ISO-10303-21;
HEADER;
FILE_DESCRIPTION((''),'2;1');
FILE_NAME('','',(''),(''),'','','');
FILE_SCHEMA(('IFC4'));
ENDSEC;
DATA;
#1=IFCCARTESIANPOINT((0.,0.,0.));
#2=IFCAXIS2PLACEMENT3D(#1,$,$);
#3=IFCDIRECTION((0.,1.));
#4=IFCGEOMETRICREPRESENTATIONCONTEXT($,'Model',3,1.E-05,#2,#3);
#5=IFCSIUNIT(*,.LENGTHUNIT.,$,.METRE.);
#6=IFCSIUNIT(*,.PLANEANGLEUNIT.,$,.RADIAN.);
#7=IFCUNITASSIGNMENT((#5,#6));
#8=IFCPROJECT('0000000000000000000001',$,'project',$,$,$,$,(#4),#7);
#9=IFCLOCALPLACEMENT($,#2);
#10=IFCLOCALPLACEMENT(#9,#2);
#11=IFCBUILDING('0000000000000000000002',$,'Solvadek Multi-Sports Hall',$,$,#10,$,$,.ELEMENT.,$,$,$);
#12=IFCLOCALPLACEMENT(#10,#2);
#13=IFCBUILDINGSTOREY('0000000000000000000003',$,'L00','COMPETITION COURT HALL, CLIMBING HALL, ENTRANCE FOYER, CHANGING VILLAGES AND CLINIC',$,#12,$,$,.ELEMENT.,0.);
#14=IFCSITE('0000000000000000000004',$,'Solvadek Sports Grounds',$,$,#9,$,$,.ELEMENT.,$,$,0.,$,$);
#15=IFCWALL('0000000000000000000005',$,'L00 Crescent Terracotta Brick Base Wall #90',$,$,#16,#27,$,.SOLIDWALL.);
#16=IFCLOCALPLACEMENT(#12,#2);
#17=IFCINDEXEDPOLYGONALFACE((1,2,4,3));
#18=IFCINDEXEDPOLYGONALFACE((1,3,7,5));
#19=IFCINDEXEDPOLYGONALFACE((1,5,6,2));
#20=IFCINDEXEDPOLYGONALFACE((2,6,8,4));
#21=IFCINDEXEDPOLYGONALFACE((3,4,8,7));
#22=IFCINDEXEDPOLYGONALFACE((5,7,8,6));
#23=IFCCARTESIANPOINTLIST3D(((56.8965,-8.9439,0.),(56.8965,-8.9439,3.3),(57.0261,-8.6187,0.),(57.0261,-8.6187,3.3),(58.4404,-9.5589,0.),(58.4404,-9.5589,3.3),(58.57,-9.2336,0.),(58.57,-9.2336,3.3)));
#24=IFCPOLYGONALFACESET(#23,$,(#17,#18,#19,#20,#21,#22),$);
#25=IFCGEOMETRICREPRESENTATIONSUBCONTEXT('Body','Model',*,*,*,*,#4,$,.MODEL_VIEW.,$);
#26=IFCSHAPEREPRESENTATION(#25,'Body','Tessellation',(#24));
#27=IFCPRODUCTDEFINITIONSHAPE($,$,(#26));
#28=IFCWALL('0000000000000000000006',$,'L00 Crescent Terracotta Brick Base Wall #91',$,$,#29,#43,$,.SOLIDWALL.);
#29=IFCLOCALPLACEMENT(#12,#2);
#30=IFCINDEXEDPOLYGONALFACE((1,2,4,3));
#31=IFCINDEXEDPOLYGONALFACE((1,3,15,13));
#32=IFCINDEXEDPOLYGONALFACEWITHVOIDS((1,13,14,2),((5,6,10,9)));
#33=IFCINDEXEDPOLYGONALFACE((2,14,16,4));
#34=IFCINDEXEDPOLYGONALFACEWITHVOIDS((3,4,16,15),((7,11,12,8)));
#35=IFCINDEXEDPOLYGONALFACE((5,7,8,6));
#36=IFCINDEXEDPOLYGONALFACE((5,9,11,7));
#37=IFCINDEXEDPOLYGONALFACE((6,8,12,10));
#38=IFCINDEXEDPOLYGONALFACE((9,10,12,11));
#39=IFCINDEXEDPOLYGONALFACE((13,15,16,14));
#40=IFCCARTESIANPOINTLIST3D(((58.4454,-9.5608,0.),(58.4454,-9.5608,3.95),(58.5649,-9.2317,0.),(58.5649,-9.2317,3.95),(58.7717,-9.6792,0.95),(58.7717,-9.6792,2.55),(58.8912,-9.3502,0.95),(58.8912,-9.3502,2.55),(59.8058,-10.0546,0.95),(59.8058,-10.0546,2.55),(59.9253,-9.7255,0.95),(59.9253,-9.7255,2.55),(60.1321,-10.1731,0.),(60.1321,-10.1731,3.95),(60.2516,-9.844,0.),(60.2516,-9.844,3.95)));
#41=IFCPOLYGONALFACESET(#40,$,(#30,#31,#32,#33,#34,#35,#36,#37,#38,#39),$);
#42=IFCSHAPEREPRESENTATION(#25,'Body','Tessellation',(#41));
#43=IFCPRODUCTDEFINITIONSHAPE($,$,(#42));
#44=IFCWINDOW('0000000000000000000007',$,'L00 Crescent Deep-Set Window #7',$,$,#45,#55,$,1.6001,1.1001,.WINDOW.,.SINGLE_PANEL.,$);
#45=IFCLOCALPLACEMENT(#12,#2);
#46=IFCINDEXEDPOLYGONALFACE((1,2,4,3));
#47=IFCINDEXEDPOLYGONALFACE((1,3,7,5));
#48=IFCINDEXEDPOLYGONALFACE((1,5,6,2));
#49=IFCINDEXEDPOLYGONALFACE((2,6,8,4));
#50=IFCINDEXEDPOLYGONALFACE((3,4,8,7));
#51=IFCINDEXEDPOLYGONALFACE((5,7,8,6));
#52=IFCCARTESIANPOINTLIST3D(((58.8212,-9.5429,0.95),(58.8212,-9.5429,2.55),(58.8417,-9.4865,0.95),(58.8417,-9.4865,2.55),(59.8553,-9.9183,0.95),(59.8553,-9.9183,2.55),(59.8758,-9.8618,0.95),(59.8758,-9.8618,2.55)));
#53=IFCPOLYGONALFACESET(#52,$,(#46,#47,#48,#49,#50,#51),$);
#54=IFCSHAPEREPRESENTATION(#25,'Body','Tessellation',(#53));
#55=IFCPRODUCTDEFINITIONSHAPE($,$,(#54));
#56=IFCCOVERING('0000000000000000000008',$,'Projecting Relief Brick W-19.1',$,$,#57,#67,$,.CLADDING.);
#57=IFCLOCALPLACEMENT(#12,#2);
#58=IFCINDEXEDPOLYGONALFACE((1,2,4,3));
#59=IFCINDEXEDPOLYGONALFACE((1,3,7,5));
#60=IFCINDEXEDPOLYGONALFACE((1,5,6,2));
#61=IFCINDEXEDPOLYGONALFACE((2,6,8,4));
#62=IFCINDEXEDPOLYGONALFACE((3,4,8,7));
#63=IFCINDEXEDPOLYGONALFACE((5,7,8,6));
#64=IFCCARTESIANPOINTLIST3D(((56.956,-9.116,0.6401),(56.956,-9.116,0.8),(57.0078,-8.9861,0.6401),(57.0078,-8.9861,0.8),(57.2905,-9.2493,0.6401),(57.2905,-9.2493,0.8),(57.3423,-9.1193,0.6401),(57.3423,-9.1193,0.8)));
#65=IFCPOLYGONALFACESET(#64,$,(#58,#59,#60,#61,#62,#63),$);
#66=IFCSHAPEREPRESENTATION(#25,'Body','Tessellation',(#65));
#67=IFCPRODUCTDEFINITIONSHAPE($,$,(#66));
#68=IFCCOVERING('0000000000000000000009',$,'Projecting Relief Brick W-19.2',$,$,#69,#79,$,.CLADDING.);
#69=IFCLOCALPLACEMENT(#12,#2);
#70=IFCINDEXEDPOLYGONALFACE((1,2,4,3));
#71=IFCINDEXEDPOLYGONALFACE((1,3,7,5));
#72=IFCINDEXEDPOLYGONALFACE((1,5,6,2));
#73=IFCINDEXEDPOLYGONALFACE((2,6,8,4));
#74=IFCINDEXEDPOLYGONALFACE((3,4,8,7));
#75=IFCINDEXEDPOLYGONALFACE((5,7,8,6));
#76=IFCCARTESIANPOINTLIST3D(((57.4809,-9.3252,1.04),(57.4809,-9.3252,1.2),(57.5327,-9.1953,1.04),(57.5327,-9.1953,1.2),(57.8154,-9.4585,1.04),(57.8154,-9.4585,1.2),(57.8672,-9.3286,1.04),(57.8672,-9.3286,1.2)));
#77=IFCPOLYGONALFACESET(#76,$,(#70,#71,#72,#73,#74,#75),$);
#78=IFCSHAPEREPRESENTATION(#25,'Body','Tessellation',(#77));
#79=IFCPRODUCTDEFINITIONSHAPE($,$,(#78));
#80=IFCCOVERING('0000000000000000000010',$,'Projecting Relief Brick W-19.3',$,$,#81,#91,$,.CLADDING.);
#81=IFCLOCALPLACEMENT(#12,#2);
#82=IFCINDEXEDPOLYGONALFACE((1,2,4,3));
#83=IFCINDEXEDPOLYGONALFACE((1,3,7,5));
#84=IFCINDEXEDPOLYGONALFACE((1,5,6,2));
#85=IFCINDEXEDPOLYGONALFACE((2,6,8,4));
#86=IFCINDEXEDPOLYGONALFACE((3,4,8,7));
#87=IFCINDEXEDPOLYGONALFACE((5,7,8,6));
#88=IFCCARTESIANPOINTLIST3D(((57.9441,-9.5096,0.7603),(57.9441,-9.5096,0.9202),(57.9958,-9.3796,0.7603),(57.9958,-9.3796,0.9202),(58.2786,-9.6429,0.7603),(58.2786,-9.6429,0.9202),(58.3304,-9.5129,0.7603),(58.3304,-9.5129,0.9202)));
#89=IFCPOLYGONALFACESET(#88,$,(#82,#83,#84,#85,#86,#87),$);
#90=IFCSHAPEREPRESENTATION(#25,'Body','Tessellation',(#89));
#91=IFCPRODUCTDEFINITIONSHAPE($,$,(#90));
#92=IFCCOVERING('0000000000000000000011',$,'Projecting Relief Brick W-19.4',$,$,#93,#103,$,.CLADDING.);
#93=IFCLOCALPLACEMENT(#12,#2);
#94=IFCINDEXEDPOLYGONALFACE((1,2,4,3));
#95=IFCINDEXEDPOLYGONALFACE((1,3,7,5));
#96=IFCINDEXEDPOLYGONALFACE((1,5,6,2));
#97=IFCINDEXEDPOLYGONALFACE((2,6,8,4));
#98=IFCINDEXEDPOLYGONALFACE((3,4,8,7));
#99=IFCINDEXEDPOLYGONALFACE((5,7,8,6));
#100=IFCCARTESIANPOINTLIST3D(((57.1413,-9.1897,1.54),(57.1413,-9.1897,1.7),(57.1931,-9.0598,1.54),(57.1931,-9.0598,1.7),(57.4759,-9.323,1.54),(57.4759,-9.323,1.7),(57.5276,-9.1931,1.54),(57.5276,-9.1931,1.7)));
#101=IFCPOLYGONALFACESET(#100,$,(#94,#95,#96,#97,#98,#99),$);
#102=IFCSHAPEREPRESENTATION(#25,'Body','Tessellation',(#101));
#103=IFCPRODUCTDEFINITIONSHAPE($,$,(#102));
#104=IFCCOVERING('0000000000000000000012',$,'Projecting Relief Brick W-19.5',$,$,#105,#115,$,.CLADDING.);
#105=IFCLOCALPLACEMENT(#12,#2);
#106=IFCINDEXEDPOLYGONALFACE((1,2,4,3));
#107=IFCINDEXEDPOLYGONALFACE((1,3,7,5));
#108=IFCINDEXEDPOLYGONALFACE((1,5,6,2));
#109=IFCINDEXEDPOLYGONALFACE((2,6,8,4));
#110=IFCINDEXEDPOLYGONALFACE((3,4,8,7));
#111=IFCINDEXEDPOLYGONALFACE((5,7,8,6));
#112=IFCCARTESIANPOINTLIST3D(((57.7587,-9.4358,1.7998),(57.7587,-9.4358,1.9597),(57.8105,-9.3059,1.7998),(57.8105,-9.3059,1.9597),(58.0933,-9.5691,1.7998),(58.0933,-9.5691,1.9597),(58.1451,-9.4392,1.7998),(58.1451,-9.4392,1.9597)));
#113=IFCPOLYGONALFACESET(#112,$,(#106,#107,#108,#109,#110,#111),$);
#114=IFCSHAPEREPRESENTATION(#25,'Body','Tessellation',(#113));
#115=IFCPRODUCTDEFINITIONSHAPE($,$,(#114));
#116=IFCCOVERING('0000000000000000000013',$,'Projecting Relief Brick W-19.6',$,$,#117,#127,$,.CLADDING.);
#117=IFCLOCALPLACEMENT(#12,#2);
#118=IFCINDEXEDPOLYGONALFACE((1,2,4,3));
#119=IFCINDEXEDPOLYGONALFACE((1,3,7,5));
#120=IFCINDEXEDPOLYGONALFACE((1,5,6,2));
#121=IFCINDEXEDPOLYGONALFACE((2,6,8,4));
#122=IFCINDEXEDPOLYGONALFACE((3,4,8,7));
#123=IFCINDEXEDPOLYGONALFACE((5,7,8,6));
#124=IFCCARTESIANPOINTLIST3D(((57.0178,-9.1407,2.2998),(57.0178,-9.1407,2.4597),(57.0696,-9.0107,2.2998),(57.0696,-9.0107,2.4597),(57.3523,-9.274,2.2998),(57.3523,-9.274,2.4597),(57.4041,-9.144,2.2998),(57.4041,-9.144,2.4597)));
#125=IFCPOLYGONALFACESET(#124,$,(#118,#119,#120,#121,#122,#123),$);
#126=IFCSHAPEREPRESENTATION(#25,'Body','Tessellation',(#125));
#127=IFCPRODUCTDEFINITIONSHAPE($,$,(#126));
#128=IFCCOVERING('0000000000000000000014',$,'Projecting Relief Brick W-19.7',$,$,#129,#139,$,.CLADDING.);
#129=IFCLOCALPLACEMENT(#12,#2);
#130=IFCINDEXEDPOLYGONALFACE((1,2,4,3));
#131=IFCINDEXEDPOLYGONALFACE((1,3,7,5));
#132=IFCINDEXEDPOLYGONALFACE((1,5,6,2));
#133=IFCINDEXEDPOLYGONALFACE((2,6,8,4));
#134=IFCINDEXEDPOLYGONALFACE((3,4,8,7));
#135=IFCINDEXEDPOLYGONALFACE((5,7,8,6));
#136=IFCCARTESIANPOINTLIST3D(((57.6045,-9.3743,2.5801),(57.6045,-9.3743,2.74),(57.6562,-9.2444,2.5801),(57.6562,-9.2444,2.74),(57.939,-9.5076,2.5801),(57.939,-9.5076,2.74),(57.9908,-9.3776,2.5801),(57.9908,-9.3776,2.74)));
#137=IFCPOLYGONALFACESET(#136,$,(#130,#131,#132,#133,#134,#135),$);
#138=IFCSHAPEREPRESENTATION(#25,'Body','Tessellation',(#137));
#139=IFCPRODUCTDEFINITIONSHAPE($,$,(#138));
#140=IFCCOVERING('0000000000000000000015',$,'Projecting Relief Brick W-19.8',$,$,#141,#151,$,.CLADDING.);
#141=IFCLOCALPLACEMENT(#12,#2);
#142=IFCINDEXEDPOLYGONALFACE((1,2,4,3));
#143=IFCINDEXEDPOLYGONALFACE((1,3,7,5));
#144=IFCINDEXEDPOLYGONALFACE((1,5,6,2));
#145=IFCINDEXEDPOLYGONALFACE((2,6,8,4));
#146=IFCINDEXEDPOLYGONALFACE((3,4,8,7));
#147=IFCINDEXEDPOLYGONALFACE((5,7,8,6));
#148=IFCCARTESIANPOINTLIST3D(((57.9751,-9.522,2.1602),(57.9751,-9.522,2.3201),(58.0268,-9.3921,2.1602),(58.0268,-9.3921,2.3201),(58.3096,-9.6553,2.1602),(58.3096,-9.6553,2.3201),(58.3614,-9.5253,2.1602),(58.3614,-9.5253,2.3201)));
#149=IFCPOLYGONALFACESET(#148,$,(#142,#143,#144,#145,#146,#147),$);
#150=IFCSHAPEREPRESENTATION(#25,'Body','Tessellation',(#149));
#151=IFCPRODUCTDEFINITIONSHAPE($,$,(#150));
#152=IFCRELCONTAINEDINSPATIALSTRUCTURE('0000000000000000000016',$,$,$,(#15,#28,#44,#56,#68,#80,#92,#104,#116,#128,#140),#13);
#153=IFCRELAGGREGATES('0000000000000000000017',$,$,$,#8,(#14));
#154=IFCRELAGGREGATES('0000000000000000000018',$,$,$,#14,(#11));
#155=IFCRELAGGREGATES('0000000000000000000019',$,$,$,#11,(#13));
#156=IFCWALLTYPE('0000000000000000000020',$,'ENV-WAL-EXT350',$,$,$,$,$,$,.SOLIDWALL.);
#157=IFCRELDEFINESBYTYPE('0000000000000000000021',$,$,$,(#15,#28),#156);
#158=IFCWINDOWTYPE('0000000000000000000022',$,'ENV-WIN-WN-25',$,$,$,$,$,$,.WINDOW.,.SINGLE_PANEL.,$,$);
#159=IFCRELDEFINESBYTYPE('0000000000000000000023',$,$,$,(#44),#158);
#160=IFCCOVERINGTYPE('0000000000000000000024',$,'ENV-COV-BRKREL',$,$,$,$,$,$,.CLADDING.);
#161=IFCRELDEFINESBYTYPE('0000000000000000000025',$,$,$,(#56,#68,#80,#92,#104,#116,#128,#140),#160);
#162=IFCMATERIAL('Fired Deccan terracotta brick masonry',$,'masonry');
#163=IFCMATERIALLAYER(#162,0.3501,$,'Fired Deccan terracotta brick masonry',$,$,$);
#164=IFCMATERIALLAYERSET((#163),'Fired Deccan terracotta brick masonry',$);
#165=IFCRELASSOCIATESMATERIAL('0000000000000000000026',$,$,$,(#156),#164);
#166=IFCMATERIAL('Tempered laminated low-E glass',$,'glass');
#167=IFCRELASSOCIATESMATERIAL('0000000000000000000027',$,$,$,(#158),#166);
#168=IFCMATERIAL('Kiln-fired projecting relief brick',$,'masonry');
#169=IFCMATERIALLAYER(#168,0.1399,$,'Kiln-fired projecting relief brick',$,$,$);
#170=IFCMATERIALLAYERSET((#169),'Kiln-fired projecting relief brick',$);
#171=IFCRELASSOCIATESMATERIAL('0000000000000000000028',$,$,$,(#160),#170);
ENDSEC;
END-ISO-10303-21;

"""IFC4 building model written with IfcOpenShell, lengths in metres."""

from ifc_helpers import new_model, si_unit, direction, frame, frame_2d, origin, origin_2d, place, context, subcontext, project, spatial, rectangle, extrude, material, layer, layer_set, type_object, element, fill, save


model = new_model("IFC4")

# Units and contexts
model_context = context("Model", 3, precision=1e-05, world=origin(), true_north=direction((0.0, 1.0)))
body_context = subcontext(model_context, "Body", "Model", "MODEL_VIEW")
ifc_project = project(units=[si_unit("LENGTHUNIT", "METRE"), si_unit("PLANEANGLEUNIT", "RADIAN")], contexts=[model_context])

# Site, building, storey
site_placement = place(None, origin())
site = spatial("IfcSite", under=ifc_project, at=site_placement, Name="Solvadek Sports Grounds", CompositionType="ELEMENT", RefElevation=0.0)
building_placement = place(site_placement, origin())
building = spatial("IfcBuilding", under=site, at=building_placement, Name="Solvadek Multi-Sports Hall", CompositionType="ELEMENT")
storey_placement = place(building_placement, origin())
storey = spatial("IfcBuildingStorey", under=building, at=storey_placement, Name="L00", Description="COMPETITION COURT HALL, CLIMBING HALL, ENTRANCE FOYER, CHANGING VILLAGES AND CLINIC", CompositionType="ELEMENT", Elevation=0.0)

# Wall
ifc_material_1 = material(Name="Fired Deccan terracotta brick masonry", Category="masonry")
ifc_layer_1 = layer(ifc_material_1, 0.3501, Name="Fired Deccan terracotta brick masonry")
ifc_layer_set_1 = layer_set([ifc_layer_1], Name="Fired Deccan terracotta brick masonry")
wall_type = type_object("IfcWallType", Name="ENV-WAL-EXT350", PredefinedType="SOLIDWALL", material=ifc_layer_set_1)
wall_1_placement = place(storey_placement, frame((56.9612, -8.7812, 0.0), z_axis=(0.0, 0.0, 1.0), x_axis=(0.929013, -0.370048, 0.0)))
element("IfcWall", 1, at=wall_1_placement, inside=storey, type_object=wall_type, Name="L00 Crescent Terracotta Brick Base Wall #90", PredefinedType="SOLIDWALL", context=body_context, shape_type="SweptSolid", body=[
    extrude(rectangle(XDim=1.6619, YDim=0.3501, at=frame_2d((0.8311, 0.0))), origin(), (0.0, 0.0, 1.0), 3.3),
])

# Wall, opening, window
wall_2_placement = place(storey_placement, frame((58.5051, -9.3962, 0.0), z_axis=(0.0, 0.0, 1.0), x_axis=(0.939984, -0.341219, 0.0)))
wall_2 = element("IfcWall", 2, at=wall_2_placement, inside=storey, type_object=wall_type, Name="L00 Crescent Terracotta Brick Base Wall #91", PredefinedType="SOLIDWALL", context=body_context, shape_type="SweptSolid", body=[
    extrude(rectangle(XDim=1.7944, YDim=0.3501, at=frame_2d((0.8972, 0.0))), origin(), (0.0, 0.0, 1.0), 3.95),
])
opening_placement = place(wall_2_placement, frame((0.3472, 0.0, 0.95)))
opening = element("IfcOpeningElement", 3, at=opening_placement, cuts=wall_2, PredefinedType="OPENING", context=body_context, shape_type="SweptSolid", body=[
    extrude(rectangle(XDim=1.1001, YDim=1.6001, at=frame_2d((0.55, 0.8))), frame((0.0, 0.1851, 0.0), z_axis=(0.0, -1.0, 0.0), x_axis=(1.0, 0.0, 0.0)), (0.0, 0.0, 1.0), 0.3701),
])
ifc_material_2 = material(Name="Tempered laminated low-E glass", Category="glass")
window_type = type_object("IfcWindowType", Name="ENV-WIN-WN-25", PartitioningType="SINGLE_PANEL", PredefinedType="WINDOW", material=ifc_material_2)
window_placement = place(opening_placement, origin())
window = element("IfcWindow", 4, at=window_placement, inside=storey, type_object=window_type, Name="L00 Crescent Deep-Set Window #7", OverallHeight=1.6001, OverallWidth=1.1001, PartitioningType="SINGLE_PANEL", PredefinedType="WINDOW", context=body_context, shape_type="SweptSolid", body=[
    extrude(rectangle(XDim=1.1001, YDim=1.6001, at=frame_2d((0.55, 0.8))), frame((0.0, 0.03, 0.0), z_axis=(0.0, -1.0, 0.0), x_axis=(1.0, 0.0, 0.0)), (0.0, 0.0, 1.0), 0.0601),
])
fill(opening, window)

# Coverings
ifc_material_3 = material(Name="Kiln-fired projecting relief brick", Category="masonry")
ifc_layer_2 = layer(ifc_material_3, 0.1399, Name="Kiln-fired projecting relief brick")
ifc_layer_set_2 = layer_set([ifc_layer_2], Name="Kiln-fired projecting relief brick")
covering_type = type_object("IfcCoveringType", Name="ENV-COV-BRKREL", PredefinedType="CLADDING", material=ifc_layer_set_2)
for number, where, z_axis, x_axis, name in (
    (5, (57.1492, -9.1177, 0.6401), (0.0, 0.0, 1.0), (0.928981, -0.370128, 0.0), "Projecting Relief Brick W-19.1"),
    (6, (57.6741, -9.3269, 1.04), (0.0, 0.0, 1.0), (0.928981, -0.370128, 0.0), "Projecting Relief Brick W-19.2"),
    (7, (58.1372, -9.5112, 0.7603), (0.0, 0.0, 1.0), (0.928981, -0.370128, 0.0), "Projecting Relief Brick W-19.3"),
    (8, (57.3345, -9.1914, 1.54), (0.0, 0.0, 1.0), (0.928981, -0.370128, 0.0), "Projecting Relief Brick W-19.4"),
    (9, (57.9519, -9.4375, 1.7998), (0.0, 0.0, 1.0), (0.928981, -0.370128, 0.0), "Projecting Relief Brick W-19.5"),
    (10, (57.2109, -9.1423, 2.2998), (0.0, 0.0, 1.0), (0.928981, -0.370128, 0.0), "Projecting Relief Brick W-19.6"),
    (11, (57.7976, -9.376, 2.5801), (0.0, 0.0, 1.0), (0.928981, -0.370128, 0.0), "Projecting Relief Brick W-19.7"),
    (12, (58.1682, -9.5237, 2.1602), (0.0, 0.0, 1.0), (0.928981, -0.370128, 0.0), "Projecting Relief Brick W-19.8"),
):
    element("IfcCovering", number, at=place(storey_placement, frame(where, z_axis=z_axis, x_axis=x_axis)), inside=storey, type_object=covering_type, Name=name, PredefinedType="CLADDING", context=body_context, shape_type="SweptSolid", body=[
        extrude(rectangle(XDim=0.3601, YDim=0.1399, at=origin_2d()), origin(), (0.0, 0.0, 1.0), 0.1599),
    ])

save(model, "model.ifc")
